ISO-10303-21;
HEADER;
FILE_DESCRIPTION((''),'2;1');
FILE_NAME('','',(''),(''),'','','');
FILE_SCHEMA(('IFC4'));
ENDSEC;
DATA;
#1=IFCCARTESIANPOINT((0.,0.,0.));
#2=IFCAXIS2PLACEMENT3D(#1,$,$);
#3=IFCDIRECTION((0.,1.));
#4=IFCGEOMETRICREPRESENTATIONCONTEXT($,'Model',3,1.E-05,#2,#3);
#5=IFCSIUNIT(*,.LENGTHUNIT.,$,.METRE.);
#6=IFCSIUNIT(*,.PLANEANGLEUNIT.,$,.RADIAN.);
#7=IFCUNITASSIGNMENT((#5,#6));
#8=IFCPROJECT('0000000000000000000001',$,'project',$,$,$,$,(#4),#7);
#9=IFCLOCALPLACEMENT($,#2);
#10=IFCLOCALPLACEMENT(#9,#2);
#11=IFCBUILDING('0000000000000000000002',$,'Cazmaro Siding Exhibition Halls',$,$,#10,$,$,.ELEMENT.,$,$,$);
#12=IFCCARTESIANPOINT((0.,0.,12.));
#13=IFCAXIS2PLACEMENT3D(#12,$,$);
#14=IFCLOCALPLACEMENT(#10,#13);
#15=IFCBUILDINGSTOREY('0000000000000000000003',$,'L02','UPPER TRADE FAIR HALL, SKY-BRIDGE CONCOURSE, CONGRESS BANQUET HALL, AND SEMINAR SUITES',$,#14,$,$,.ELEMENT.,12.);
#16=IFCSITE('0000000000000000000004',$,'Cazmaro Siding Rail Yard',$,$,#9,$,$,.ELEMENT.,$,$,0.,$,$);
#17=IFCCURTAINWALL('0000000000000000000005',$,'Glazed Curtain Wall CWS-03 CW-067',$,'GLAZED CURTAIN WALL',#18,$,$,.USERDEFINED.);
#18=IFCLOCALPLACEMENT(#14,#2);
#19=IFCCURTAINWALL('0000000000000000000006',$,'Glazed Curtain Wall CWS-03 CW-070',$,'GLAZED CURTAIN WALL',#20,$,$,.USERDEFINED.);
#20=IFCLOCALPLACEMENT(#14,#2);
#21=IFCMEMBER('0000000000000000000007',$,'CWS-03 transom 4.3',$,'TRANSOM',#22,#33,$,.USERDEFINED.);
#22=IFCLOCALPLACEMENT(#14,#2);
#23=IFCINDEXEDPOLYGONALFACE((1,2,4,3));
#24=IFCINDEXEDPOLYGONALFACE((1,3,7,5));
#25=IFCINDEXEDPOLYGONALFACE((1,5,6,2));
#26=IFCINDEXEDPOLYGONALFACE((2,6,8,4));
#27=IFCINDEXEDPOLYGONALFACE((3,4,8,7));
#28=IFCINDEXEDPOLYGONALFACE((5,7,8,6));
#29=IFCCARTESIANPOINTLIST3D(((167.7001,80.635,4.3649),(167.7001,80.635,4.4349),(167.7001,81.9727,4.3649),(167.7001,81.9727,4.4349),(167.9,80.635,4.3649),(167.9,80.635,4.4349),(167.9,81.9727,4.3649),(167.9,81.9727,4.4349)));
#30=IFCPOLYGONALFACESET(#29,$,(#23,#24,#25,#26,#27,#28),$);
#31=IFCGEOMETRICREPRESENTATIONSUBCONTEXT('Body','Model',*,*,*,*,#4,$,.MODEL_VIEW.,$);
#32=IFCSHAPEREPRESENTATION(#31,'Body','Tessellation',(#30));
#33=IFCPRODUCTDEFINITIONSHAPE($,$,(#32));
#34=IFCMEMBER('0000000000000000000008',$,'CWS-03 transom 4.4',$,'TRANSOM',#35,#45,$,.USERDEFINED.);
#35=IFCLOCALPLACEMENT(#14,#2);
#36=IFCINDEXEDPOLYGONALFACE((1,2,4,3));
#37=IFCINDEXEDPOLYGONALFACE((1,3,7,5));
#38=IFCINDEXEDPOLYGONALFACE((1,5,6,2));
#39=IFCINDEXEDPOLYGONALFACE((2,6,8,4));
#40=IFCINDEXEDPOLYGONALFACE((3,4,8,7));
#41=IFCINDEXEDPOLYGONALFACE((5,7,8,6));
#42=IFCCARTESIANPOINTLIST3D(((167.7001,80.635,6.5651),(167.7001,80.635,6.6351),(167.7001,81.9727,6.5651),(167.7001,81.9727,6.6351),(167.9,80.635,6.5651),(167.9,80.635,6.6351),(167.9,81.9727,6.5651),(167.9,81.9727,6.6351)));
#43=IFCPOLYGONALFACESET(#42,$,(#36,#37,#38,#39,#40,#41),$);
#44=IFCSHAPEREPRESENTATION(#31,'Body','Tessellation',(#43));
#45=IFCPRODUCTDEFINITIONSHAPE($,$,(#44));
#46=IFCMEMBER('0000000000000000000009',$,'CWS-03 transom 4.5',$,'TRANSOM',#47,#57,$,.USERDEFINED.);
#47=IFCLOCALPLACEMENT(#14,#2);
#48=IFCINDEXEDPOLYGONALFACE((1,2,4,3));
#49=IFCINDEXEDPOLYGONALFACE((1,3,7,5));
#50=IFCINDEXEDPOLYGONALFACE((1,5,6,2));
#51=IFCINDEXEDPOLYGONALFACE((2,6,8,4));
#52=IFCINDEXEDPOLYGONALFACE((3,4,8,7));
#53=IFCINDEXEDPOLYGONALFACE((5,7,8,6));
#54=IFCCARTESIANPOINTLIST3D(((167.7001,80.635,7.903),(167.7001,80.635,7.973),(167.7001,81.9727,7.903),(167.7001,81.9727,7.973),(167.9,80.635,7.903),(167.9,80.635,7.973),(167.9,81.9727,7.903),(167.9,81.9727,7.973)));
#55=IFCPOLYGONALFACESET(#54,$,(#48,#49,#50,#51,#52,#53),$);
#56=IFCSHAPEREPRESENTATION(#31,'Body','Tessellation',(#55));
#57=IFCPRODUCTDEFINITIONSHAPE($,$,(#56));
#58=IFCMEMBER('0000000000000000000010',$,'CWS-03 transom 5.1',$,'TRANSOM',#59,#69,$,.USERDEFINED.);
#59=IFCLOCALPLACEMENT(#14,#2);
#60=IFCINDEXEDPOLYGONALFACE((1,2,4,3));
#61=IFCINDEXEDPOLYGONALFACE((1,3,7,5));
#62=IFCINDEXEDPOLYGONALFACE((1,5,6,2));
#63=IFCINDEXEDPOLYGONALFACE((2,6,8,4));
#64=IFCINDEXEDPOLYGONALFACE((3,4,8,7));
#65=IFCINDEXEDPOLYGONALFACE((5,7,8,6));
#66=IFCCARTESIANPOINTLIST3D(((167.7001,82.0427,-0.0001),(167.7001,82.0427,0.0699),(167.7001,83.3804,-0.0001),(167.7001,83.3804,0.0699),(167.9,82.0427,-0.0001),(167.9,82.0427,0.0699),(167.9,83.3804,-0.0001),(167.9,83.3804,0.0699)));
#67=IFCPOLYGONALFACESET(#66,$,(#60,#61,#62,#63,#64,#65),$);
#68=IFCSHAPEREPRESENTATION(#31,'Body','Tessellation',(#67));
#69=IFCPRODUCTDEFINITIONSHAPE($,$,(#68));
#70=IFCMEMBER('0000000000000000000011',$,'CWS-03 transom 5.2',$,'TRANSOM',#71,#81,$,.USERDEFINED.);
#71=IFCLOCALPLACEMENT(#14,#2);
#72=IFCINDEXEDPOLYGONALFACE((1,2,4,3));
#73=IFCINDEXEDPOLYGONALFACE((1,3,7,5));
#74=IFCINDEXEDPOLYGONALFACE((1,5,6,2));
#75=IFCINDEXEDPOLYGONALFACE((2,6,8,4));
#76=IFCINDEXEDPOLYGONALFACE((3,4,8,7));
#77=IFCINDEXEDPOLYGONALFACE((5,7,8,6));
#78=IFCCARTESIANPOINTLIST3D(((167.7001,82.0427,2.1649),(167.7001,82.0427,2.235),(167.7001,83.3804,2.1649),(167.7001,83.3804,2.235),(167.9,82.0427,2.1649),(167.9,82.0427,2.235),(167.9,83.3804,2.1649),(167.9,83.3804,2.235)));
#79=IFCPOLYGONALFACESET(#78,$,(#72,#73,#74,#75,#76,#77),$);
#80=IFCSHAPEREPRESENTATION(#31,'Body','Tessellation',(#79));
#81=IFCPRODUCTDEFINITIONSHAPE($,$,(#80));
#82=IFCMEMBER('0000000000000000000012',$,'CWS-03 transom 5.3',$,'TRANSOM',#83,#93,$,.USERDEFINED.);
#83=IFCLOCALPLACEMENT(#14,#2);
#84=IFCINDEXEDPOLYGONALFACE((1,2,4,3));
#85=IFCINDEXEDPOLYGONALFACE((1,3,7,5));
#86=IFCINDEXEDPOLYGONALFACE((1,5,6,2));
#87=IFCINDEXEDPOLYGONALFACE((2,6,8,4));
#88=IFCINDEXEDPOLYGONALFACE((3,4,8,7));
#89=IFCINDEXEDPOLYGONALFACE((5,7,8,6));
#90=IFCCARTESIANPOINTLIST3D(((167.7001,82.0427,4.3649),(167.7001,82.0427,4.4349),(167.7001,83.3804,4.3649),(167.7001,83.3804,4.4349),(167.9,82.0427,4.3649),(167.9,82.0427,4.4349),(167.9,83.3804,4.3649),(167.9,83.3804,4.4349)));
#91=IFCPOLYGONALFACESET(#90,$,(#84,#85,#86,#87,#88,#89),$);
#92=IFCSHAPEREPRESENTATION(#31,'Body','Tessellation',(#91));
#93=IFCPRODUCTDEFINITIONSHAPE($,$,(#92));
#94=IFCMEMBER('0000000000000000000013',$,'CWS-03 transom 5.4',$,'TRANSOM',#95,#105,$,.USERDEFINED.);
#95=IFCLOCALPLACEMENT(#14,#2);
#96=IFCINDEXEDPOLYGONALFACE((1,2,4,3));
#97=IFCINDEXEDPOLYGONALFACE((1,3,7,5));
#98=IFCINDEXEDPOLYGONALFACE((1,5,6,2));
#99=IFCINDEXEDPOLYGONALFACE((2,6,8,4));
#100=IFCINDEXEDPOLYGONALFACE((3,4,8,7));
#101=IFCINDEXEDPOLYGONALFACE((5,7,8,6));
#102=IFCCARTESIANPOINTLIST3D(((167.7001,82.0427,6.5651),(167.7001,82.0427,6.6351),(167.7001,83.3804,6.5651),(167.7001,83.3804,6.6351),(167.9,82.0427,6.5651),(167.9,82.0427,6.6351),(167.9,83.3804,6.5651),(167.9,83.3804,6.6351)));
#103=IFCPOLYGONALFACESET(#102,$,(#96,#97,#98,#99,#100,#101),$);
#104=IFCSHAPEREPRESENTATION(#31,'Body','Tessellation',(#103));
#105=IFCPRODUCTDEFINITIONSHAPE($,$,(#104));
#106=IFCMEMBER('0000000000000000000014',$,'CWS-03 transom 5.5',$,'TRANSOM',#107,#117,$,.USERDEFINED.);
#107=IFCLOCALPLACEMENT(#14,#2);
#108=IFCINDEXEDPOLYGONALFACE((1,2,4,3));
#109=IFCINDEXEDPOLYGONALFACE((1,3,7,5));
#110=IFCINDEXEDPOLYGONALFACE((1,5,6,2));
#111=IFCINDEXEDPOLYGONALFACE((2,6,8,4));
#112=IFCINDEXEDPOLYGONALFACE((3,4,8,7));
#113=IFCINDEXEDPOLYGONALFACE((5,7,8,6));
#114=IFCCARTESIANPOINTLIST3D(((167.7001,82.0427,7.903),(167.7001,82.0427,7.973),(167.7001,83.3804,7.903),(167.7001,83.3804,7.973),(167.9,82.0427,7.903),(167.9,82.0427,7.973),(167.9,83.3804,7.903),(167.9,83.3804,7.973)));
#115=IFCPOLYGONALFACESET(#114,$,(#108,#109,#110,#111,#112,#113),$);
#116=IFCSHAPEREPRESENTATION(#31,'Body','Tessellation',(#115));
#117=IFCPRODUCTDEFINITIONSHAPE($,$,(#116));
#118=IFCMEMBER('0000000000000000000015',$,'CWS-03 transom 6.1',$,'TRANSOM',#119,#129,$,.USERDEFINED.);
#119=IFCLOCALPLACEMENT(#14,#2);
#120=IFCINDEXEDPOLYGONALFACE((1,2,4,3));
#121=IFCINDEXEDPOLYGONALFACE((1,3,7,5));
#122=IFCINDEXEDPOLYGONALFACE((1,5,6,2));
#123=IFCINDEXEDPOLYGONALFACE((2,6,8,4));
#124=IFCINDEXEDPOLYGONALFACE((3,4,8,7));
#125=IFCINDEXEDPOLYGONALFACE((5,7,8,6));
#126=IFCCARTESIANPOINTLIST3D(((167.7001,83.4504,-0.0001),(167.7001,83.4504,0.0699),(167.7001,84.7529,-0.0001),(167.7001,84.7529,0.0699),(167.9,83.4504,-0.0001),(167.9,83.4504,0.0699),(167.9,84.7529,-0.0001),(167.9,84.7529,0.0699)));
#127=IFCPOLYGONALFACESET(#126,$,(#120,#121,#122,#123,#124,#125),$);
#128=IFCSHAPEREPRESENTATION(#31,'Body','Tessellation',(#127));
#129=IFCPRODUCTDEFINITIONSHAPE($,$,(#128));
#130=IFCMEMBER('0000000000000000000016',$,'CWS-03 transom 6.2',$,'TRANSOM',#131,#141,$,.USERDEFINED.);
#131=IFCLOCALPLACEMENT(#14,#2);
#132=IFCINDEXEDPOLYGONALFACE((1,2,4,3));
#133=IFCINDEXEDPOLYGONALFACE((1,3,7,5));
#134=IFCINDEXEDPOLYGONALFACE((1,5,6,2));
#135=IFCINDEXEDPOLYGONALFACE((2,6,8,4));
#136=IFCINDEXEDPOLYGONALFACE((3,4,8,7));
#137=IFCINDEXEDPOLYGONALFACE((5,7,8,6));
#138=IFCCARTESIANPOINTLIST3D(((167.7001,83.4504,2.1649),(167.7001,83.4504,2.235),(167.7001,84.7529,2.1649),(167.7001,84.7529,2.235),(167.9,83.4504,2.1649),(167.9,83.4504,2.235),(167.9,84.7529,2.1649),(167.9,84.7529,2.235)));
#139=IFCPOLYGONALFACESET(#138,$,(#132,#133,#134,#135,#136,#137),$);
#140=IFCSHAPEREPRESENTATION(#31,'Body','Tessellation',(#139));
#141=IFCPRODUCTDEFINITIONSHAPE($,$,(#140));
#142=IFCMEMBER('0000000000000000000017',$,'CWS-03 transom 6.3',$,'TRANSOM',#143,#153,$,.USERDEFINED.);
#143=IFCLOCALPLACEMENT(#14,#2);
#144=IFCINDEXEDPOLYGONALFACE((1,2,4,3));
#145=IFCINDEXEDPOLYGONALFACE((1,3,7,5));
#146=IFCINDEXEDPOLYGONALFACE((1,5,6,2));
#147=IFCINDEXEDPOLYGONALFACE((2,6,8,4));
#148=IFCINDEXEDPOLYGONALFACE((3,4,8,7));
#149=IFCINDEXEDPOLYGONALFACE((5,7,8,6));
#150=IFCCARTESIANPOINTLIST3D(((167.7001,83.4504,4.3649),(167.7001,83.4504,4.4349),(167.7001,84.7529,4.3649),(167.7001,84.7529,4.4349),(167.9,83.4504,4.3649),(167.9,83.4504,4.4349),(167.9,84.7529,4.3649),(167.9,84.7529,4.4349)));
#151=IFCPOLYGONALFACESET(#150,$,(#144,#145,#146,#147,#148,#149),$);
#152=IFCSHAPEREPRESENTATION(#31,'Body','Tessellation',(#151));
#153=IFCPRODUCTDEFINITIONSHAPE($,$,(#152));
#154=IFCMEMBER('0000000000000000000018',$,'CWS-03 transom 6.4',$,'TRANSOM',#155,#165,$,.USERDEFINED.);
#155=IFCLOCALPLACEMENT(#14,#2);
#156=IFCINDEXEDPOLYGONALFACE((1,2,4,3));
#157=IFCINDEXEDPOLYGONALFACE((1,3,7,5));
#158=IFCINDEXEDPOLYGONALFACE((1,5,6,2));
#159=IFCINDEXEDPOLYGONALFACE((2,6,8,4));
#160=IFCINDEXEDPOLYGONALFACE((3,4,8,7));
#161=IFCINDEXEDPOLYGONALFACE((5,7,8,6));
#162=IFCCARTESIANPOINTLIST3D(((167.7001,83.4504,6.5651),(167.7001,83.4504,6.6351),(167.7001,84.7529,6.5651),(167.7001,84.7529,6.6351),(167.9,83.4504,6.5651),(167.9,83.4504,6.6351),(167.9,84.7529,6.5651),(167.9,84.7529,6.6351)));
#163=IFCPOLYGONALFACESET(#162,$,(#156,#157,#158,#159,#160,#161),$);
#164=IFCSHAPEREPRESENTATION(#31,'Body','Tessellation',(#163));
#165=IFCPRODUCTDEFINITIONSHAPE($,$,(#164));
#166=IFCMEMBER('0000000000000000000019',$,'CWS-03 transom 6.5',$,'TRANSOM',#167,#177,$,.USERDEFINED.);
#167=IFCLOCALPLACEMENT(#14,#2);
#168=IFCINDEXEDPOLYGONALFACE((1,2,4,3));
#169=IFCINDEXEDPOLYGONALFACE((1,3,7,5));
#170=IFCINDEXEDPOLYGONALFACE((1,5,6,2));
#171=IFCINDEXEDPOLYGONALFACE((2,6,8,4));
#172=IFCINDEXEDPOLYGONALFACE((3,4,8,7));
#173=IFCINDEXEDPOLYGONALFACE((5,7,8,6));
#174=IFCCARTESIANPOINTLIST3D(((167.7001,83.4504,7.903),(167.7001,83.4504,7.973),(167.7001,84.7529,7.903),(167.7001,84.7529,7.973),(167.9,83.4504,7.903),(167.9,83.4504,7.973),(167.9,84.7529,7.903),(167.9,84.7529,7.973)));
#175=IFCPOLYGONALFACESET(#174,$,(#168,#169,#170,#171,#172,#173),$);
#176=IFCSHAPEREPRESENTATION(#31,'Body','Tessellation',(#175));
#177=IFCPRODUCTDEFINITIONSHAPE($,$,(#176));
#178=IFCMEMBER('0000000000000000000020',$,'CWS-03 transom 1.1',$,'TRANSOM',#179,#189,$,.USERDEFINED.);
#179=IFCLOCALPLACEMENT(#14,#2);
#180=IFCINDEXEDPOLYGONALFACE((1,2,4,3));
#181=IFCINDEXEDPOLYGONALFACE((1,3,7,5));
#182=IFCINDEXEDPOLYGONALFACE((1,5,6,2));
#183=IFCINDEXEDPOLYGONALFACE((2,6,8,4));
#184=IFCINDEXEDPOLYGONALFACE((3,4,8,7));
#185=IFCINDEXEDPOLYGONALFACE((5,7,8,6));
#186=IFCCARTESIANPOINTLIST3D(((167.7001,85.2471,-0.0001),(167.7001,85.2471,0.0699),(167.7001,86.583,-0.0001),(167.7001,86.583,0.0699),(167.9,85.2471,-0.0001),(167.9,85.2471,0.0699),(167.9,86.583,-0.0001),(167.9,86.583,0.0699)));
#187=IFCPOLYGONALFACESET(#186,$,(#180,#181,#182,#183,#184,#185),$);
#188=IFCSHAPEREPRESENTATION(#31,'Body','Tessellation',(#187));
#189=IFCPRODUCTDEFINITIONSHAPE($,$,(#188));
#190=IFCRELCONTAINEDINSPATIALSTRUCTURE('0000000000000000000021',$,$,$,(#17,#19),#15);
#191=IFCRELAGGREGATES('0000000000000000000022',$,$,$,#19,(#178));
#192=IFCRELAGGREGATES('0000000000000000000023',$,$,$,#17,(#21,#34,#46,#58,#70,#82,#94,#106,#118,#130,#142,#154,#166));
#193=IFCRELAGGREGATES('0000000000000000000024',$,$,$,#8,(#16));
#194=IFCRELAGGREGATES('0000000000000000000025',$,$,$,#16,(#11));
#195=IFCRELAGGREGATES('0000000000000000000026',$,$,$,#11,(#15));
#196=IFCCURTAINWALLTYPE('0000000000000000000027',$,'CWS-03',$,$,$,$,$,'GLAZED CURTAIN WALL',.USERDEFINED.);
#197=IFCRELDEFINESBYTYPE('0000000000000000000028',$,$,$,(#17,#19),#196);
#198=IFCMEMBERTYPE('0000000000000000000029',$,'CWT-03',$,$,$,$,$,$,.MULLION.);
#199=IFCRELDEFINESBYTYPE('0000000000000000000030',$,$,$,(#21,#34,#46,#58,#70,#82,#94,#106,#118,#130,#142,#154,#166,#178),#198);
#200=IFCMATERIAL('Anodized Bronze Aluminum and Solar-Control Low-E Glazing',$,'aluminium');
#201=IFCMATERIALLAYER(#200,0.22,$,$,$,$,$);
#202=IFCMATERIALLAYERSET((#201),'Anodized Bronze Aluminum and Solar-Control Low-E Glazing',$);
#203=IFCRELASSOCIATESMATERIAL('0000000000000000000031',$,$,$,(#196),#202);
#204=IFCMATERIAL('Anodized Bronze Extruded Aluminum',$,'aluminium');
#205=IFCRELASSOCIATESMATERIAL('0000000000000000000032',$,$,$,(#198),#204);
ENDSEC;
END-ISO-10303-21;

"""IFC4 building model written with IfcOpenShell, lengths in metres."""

from ifc_helpers import new_model, si_unit, direction, frame, origin, origin_2d, place, context, subcontext, project, spatial, rectangle, extrude, material, layer, layer_set, material_profile, profile_set, type_object, element, aggregate, save


model = new_model("IFC4")

# Units and contexts
model_context = context("Model", 3, precision=1e-05, world=origin(), true_north=direction((0.0, 1.0)))
body_context = subcontext(model_context, "Body", "Model", "MODEL_VIEW")
ifc_project = project(units=[si_unit("LENGTHUNIT", "METRE"), si_unit("PLANEANGLEUNIT", "RADIAN")], contexts=[model_context])

# Site, building, storey
site_placement = place(None, origin())
site = spatial("IfcSite", under=ifc_project, at=site_placement, Name="Cazmaro Siding Rail Yard", CompositionType="ELEMENT", RefElevation=0.0)
building_placement = place(site_placement, origin())
building = spatial("IfcBuilding", under=site, at=building_placement, Name="Cazmaro Siding Exhibition Halls", CompositionType="ELEMENT")
storey_placement = place(building_placement, frame((0.0, 0.0, 12.0)))
storey = spatial("IfcBuildingStorey", under=building, at=storey_placement, Name="L02", Description="UPPER TRADE FAIR HALL, SKY-BRIDGE CONCOURSE, CONGRESS BANQUET HALL, AND SEMINAR SUITES", CompositionType="ELEMENT", Elevation=12.0)

# Curtain wall
ifc_material_1 = material(Name="Anodized Bronze Aluminum and Solar-Control Low-E Glazing", Category="aluminium")
ifc_layer_1 = layer(ifc_material_1, 0.22)
ifc_layer_set_1 = layer_set([ifc_layer_1], Name="Anodized Bronze Aluminum and Solar-Control Low-E Glazing")
curtain_wall_type = type_object("IfcCurtainWallType", Name="CWS-03", ElementType="GLAZED CURTAIN WALL", PredefinedType="USERDEFINED", material=ifc_layer_set_1)
curtain_wall_1_placement = place(storey_placement, origin())
curtain_wall_1 = element("IfcCurtainWall", 1, at=curtain_wall_1_placement, inside=storey, type_object=curtain_wall_type, Name="Glazed Curtain Wall CWS-03 CW-067", ObjectType="GLAZED CURTAIN WALL", PredefinedType="USERDEFINED")

# Curtain wall
curtain_wall_2_placement = place(storey_placement, origin())
curtain_wall_2 = element("IfcCurtainWall", 2, at=curtain_wall_2_placement, inside=storey, type_object=curtain_wall_type, Name="Glazed Curtain Wall CWS-03 CW-070", ObjectType="GLAZED CURTAIN WALL", PredefinedType="USERDEFINED")

# Members
ifc_material_2 = material(Name="Anodized Bronze Extruded Aluminum", Category="aluminium")
ifc_material_profile_1 = material_profile(ifc_material_2, rectangle(XDim=0.2, YDim=0.0701, at=origin_2d()), Name="CWT-03")
ifc_profile_set_1 = profile_set([ifc_material_profile_1], Name="Anodized Bronze Extruded Aluminum")
member_type_1 = type_object("IfcMemberType", Name="CWT-03", PredefinedType="MULLION", material=ifc_profile_set_1)
member_1_placement = place(storey_placement, frame((167.8, 80.635, 4.3999), z_axis=(0.0, 1.0, 0.0), x_axis=(-1.0, 0.0, 0.0)))
member_1 = element("IfcMember", 3, at=member_1_placement, type_object=member_type_1, Name="CWS-03 transom 4.3", ObjectType="TRANSOM", PredefinedType="USERDEFINED", context=body_context, shape_type="SweptSolid", body=[
    extrude(rectangle(XDim=0.2, YDim=0.0701, at=origin_2d()), origin(), (0.0, 0.0, 1.0), 1.3376),
])
member_2_placement = place(storey_placement, frame((167.8, 80.635, 6.6001), z_axis=(0.0, 1.0, 0.0), x_axis=(-1.0, 0.0, 0.0)))
member_2 = element("IfcMember", 4, at=member_2_placement, type_object=member_type_1, Name="CWS-03 transom 4.4", ObjectType="TRANSOM", PredefinedType="USERDEFINED", context=body_context, shape_type="SweptSolid", body=[
    extrude(rectangle(XDim=0.2, YDim=0.0701, at=origin_2d()), origin(), (0.0, 0.0, 1.0), 1.3376),
])
member_3_placement = place(storey_placement, frame((167.8, 80.635, 7.938), z_axis=(0.0, 1.0, 0.0), x_axis=(-1.0, 0.0, 0.0)))
member_3 = element("IfcMember", 5, at=member_3_placement, type_object=member_type_1, Name="CWS-03 transom 4.5", ObjectType="TRANSOM", PredefinedType="USERDEFINED", context=body_context, shape_type="SweptSolid", body=[
    extrude(rectangle(XDim=0.2, YDim=0.0701, at=origin_2d()), origin(), (0.0, 0.0, 1.0), 1.3376),
])
member_4_placement = place(storey_placement, frame((167.8, 82.0427, 0.0349), z_axis=(0.0, 1.0, 0.0), x_axis=(-1.0, 0.0, 0.0)))
member_4 = element("IfcMember", 6, at=member_4_placement, type_object=member_type_1, Name="CWS-03 transom 5.1", ObjectType="TRANSOM", PredefinedType="USERDEFINED", context=body_context, shape_type="SweptSolid", body=[
    extrude(rectangle(XDim=0.2, YDim=0.0701, at=origin_2d()), origin(), (0.0, 0.0, 1.0), 1.3376),
])
member_5_placement = place(storey_placement, frame((167.8, 82.0427, 2.2), z_axis=(0.0, 1.0, 0.0), x_axis=(-1.0, 0.0, 0.0)))
member_5 = element("IfcMember", 7, at=member_5_placement, type_object=member_type_1, Name="CWS-03 transom 5.2", ObjectType="TRANSOM", PredefinedType="USERDEFINED", context=body_context, shape_type="SweptSolid", body=[
    extrude(rectangle(XDim=0.2, YDim=0.0701, at=origin_2d()), origin(), (0.0, 0.0, 1.0), 1.3376),
])
member_6_placement = place(storey_placement, frame((167.8, 82.0427, 4.3999), z_axis=(0.0, 1.0, 0.0), x_axis=(-1.0, 0.0, 0.0)))
member_6 = element("IfcMember", 8, at=member_6_placement, type_object=member_type_1, Name="CWS-03 transom 5.3", ObjectType="TRANSOM", PredefinedType="USERDEFINED", context=body_context, shape_type="SweptSolid", body=[
    extrude(rectangle(XDim=0.2, YDim=0.0701, at=origin_2d()), origin(), (0.0, 0.0, 1.0), 1.3376),
])
member_7_placement = place(storey_placement, frame((167.8, 82.0427, 6.6001), z_axis=(0.0, 1.0, 0.0), x_axis=(-1.0, 0.0, 0.0)))
member_7 = element("IfcMember", 9, at=member_7_placement, type_object=member_type_1, Name="CWS-03 transom 5.4", ObjectType="TRANSOM", PredefinedType="USERDEFINED", context=body_context, shape_type="SweptSolid", body=[
    extrude(rectangle(XDim=0.2, YDim=0.0701, at=origin_2d()), origin(), (0.0, 0.0, 1.0), 1.3376),
])
member_8_placement = place(storey_placement, frame((167.8, 82.0427, 7.938), z_axis=(0.0, 1.0, 0.0), x_axis=(-1.0, 0.0, 0.0)))
member_8 = element("IfcMember", 10, at=member_8_placement, type_object=member_type_1, Name="CWS-03 transom 5.5", ObjectType="TRANSOM", PredefinedType="USERDEFINED", context=body_context, shape_type="SweptSolid", body=[
    extrude(rectangle(XDim=0.2, YDim=0.0701, at=origin_2d()), origin(), (0.0, 0.0, 1.0), 1.3376),
])
member_9_placement = place(storey_placement, frame((167.8, 83.4504, 0.0349), z_axis=(0.0, 1.0, 0.0), x_axis=(-1.0, 0.0, 0.0)))
member_9 = element("IfcMember", 11, at=member_9_placement, type_object=member_type_1, Name="CWS-03 transom 6.1", ObjectType="TRANSOM", PredefinedType="USERDEFINED", context=body_context, shape_type="SweptSolid", body=[
    extrude(rectangle(XDim=0.2, YDim=0.0701, at=origin_2d()), origin(), (0.0, 0.0, 1.0), 1.3025),
])
member_10_placement = place(storey_placement, frame((167.8, 83.4504, 2.2), z_axis=(0.0, 1.0, 0.0), x_axis=(-1.0, 0.0, 0.0)))
member_10 = element("IfcMember", 12, at=member_10_placement, type_object=member_type_1, Name="CWS-03 transom 6.2", ObjectType="TRANSOM", PredefinedType="USERDEFINED", context=body_context, shape_type="SweptSolid", body=[
    extrude(rectangle(XDim=0.2, YDim=0.0701, at=origin_2d()), origin(), (0.0, 0.0, 1.0), 1.3025),
])
member_11_placement = place(storey_placement, frame((167.8, 83.4504, 4.3999), z_axis=(0.0, 1.0, 0.0), x_axis=(-1.0, 0.0, 0.0)))
member_11 = element("IfcMember", 13, at=member_11_placement, type_object=member_type_1, Name="CWS-03 transom 6.3", ObjectType="TRANSOM", PredefinedType="USERDEFINED", context=body_context, shape_type="SweptSolid", body=[
    extrude(rectangle(XDim=0.2, YDim=0.0701, at=origin_2d()), origin(), (0.0, 0.0, 1.0), 1.3025),
])
member_12_placement = place(storey_placement, frame((167.8, 83.4504, 6.6001), z_axis=(0.0, 1.0, 0.0), x_axis=(-1.0, 0.0, 0.0)))
member_12 = element("IfcMember", 14, at=member_12_placement, type_object=member_type_1, Name="CWS-03 transom 6.4", ObjectType="TRANSOM", PredefinedType="USERDEFINED", context=body_context, shape_type="SweptSolid", body=[
    extrude(rectangle(XDim=0.2, YDim=0.0701, at=origin_2d()), origin(), (0.0, 0.0, 1.0), 1.3025),
])
member_13_placement = place(storey_placement, frame((167.8, 83.4504, 7.938), z_axis=(0.0, 1.0, 0.0), x_axis=(-1.0, 0.0, 0.0)))
member_13 = element("IfcMember", 15, at=member_13_placement, type_object=member_type_1, Name="CWS-03 transom 6.5", ObjectType="TRANSOM", PredefinedType="USERDEFINED", context=body_context, shape_type="SweptSolid", body=[
    extrude(rectangle(XDim=0.2, YDim=0.0701, at=origin_2d()), origin(), (0.0, 0.0, 1.0), 1.3025),
])
member_14_placement = place(storey_placement, frame((167.8, 85.2471, 0.0349), z_axis=(0.0, 1.0, 0.0), x_axis=(-1.0, 0.0, 0.0)))
member_14 = element("IfcMember", 16, at=member_14_placement, type_object=member_type_1, Name="CWS-03 transom 1.1", ObjectType="TRANSOM", PredefinedType="USERDEFINED", context=body_context, shape_type="SweptSolid", body=[
    extrude(rectangle(XDim=0.2, YDim=0.0701, at=origin_2d()), origin(), (0.0, 0.0, 1.0), 1.3359),
])
aggregate(curtain_wall_2, [member_14])

aggregate(curtain_wall_1, [member_1, member_2, member_3, member_4, member_5, member_6, member_7, member_8, member_9, member_10, member_11, member_12, member_13])

save(model, "model.ifc")
